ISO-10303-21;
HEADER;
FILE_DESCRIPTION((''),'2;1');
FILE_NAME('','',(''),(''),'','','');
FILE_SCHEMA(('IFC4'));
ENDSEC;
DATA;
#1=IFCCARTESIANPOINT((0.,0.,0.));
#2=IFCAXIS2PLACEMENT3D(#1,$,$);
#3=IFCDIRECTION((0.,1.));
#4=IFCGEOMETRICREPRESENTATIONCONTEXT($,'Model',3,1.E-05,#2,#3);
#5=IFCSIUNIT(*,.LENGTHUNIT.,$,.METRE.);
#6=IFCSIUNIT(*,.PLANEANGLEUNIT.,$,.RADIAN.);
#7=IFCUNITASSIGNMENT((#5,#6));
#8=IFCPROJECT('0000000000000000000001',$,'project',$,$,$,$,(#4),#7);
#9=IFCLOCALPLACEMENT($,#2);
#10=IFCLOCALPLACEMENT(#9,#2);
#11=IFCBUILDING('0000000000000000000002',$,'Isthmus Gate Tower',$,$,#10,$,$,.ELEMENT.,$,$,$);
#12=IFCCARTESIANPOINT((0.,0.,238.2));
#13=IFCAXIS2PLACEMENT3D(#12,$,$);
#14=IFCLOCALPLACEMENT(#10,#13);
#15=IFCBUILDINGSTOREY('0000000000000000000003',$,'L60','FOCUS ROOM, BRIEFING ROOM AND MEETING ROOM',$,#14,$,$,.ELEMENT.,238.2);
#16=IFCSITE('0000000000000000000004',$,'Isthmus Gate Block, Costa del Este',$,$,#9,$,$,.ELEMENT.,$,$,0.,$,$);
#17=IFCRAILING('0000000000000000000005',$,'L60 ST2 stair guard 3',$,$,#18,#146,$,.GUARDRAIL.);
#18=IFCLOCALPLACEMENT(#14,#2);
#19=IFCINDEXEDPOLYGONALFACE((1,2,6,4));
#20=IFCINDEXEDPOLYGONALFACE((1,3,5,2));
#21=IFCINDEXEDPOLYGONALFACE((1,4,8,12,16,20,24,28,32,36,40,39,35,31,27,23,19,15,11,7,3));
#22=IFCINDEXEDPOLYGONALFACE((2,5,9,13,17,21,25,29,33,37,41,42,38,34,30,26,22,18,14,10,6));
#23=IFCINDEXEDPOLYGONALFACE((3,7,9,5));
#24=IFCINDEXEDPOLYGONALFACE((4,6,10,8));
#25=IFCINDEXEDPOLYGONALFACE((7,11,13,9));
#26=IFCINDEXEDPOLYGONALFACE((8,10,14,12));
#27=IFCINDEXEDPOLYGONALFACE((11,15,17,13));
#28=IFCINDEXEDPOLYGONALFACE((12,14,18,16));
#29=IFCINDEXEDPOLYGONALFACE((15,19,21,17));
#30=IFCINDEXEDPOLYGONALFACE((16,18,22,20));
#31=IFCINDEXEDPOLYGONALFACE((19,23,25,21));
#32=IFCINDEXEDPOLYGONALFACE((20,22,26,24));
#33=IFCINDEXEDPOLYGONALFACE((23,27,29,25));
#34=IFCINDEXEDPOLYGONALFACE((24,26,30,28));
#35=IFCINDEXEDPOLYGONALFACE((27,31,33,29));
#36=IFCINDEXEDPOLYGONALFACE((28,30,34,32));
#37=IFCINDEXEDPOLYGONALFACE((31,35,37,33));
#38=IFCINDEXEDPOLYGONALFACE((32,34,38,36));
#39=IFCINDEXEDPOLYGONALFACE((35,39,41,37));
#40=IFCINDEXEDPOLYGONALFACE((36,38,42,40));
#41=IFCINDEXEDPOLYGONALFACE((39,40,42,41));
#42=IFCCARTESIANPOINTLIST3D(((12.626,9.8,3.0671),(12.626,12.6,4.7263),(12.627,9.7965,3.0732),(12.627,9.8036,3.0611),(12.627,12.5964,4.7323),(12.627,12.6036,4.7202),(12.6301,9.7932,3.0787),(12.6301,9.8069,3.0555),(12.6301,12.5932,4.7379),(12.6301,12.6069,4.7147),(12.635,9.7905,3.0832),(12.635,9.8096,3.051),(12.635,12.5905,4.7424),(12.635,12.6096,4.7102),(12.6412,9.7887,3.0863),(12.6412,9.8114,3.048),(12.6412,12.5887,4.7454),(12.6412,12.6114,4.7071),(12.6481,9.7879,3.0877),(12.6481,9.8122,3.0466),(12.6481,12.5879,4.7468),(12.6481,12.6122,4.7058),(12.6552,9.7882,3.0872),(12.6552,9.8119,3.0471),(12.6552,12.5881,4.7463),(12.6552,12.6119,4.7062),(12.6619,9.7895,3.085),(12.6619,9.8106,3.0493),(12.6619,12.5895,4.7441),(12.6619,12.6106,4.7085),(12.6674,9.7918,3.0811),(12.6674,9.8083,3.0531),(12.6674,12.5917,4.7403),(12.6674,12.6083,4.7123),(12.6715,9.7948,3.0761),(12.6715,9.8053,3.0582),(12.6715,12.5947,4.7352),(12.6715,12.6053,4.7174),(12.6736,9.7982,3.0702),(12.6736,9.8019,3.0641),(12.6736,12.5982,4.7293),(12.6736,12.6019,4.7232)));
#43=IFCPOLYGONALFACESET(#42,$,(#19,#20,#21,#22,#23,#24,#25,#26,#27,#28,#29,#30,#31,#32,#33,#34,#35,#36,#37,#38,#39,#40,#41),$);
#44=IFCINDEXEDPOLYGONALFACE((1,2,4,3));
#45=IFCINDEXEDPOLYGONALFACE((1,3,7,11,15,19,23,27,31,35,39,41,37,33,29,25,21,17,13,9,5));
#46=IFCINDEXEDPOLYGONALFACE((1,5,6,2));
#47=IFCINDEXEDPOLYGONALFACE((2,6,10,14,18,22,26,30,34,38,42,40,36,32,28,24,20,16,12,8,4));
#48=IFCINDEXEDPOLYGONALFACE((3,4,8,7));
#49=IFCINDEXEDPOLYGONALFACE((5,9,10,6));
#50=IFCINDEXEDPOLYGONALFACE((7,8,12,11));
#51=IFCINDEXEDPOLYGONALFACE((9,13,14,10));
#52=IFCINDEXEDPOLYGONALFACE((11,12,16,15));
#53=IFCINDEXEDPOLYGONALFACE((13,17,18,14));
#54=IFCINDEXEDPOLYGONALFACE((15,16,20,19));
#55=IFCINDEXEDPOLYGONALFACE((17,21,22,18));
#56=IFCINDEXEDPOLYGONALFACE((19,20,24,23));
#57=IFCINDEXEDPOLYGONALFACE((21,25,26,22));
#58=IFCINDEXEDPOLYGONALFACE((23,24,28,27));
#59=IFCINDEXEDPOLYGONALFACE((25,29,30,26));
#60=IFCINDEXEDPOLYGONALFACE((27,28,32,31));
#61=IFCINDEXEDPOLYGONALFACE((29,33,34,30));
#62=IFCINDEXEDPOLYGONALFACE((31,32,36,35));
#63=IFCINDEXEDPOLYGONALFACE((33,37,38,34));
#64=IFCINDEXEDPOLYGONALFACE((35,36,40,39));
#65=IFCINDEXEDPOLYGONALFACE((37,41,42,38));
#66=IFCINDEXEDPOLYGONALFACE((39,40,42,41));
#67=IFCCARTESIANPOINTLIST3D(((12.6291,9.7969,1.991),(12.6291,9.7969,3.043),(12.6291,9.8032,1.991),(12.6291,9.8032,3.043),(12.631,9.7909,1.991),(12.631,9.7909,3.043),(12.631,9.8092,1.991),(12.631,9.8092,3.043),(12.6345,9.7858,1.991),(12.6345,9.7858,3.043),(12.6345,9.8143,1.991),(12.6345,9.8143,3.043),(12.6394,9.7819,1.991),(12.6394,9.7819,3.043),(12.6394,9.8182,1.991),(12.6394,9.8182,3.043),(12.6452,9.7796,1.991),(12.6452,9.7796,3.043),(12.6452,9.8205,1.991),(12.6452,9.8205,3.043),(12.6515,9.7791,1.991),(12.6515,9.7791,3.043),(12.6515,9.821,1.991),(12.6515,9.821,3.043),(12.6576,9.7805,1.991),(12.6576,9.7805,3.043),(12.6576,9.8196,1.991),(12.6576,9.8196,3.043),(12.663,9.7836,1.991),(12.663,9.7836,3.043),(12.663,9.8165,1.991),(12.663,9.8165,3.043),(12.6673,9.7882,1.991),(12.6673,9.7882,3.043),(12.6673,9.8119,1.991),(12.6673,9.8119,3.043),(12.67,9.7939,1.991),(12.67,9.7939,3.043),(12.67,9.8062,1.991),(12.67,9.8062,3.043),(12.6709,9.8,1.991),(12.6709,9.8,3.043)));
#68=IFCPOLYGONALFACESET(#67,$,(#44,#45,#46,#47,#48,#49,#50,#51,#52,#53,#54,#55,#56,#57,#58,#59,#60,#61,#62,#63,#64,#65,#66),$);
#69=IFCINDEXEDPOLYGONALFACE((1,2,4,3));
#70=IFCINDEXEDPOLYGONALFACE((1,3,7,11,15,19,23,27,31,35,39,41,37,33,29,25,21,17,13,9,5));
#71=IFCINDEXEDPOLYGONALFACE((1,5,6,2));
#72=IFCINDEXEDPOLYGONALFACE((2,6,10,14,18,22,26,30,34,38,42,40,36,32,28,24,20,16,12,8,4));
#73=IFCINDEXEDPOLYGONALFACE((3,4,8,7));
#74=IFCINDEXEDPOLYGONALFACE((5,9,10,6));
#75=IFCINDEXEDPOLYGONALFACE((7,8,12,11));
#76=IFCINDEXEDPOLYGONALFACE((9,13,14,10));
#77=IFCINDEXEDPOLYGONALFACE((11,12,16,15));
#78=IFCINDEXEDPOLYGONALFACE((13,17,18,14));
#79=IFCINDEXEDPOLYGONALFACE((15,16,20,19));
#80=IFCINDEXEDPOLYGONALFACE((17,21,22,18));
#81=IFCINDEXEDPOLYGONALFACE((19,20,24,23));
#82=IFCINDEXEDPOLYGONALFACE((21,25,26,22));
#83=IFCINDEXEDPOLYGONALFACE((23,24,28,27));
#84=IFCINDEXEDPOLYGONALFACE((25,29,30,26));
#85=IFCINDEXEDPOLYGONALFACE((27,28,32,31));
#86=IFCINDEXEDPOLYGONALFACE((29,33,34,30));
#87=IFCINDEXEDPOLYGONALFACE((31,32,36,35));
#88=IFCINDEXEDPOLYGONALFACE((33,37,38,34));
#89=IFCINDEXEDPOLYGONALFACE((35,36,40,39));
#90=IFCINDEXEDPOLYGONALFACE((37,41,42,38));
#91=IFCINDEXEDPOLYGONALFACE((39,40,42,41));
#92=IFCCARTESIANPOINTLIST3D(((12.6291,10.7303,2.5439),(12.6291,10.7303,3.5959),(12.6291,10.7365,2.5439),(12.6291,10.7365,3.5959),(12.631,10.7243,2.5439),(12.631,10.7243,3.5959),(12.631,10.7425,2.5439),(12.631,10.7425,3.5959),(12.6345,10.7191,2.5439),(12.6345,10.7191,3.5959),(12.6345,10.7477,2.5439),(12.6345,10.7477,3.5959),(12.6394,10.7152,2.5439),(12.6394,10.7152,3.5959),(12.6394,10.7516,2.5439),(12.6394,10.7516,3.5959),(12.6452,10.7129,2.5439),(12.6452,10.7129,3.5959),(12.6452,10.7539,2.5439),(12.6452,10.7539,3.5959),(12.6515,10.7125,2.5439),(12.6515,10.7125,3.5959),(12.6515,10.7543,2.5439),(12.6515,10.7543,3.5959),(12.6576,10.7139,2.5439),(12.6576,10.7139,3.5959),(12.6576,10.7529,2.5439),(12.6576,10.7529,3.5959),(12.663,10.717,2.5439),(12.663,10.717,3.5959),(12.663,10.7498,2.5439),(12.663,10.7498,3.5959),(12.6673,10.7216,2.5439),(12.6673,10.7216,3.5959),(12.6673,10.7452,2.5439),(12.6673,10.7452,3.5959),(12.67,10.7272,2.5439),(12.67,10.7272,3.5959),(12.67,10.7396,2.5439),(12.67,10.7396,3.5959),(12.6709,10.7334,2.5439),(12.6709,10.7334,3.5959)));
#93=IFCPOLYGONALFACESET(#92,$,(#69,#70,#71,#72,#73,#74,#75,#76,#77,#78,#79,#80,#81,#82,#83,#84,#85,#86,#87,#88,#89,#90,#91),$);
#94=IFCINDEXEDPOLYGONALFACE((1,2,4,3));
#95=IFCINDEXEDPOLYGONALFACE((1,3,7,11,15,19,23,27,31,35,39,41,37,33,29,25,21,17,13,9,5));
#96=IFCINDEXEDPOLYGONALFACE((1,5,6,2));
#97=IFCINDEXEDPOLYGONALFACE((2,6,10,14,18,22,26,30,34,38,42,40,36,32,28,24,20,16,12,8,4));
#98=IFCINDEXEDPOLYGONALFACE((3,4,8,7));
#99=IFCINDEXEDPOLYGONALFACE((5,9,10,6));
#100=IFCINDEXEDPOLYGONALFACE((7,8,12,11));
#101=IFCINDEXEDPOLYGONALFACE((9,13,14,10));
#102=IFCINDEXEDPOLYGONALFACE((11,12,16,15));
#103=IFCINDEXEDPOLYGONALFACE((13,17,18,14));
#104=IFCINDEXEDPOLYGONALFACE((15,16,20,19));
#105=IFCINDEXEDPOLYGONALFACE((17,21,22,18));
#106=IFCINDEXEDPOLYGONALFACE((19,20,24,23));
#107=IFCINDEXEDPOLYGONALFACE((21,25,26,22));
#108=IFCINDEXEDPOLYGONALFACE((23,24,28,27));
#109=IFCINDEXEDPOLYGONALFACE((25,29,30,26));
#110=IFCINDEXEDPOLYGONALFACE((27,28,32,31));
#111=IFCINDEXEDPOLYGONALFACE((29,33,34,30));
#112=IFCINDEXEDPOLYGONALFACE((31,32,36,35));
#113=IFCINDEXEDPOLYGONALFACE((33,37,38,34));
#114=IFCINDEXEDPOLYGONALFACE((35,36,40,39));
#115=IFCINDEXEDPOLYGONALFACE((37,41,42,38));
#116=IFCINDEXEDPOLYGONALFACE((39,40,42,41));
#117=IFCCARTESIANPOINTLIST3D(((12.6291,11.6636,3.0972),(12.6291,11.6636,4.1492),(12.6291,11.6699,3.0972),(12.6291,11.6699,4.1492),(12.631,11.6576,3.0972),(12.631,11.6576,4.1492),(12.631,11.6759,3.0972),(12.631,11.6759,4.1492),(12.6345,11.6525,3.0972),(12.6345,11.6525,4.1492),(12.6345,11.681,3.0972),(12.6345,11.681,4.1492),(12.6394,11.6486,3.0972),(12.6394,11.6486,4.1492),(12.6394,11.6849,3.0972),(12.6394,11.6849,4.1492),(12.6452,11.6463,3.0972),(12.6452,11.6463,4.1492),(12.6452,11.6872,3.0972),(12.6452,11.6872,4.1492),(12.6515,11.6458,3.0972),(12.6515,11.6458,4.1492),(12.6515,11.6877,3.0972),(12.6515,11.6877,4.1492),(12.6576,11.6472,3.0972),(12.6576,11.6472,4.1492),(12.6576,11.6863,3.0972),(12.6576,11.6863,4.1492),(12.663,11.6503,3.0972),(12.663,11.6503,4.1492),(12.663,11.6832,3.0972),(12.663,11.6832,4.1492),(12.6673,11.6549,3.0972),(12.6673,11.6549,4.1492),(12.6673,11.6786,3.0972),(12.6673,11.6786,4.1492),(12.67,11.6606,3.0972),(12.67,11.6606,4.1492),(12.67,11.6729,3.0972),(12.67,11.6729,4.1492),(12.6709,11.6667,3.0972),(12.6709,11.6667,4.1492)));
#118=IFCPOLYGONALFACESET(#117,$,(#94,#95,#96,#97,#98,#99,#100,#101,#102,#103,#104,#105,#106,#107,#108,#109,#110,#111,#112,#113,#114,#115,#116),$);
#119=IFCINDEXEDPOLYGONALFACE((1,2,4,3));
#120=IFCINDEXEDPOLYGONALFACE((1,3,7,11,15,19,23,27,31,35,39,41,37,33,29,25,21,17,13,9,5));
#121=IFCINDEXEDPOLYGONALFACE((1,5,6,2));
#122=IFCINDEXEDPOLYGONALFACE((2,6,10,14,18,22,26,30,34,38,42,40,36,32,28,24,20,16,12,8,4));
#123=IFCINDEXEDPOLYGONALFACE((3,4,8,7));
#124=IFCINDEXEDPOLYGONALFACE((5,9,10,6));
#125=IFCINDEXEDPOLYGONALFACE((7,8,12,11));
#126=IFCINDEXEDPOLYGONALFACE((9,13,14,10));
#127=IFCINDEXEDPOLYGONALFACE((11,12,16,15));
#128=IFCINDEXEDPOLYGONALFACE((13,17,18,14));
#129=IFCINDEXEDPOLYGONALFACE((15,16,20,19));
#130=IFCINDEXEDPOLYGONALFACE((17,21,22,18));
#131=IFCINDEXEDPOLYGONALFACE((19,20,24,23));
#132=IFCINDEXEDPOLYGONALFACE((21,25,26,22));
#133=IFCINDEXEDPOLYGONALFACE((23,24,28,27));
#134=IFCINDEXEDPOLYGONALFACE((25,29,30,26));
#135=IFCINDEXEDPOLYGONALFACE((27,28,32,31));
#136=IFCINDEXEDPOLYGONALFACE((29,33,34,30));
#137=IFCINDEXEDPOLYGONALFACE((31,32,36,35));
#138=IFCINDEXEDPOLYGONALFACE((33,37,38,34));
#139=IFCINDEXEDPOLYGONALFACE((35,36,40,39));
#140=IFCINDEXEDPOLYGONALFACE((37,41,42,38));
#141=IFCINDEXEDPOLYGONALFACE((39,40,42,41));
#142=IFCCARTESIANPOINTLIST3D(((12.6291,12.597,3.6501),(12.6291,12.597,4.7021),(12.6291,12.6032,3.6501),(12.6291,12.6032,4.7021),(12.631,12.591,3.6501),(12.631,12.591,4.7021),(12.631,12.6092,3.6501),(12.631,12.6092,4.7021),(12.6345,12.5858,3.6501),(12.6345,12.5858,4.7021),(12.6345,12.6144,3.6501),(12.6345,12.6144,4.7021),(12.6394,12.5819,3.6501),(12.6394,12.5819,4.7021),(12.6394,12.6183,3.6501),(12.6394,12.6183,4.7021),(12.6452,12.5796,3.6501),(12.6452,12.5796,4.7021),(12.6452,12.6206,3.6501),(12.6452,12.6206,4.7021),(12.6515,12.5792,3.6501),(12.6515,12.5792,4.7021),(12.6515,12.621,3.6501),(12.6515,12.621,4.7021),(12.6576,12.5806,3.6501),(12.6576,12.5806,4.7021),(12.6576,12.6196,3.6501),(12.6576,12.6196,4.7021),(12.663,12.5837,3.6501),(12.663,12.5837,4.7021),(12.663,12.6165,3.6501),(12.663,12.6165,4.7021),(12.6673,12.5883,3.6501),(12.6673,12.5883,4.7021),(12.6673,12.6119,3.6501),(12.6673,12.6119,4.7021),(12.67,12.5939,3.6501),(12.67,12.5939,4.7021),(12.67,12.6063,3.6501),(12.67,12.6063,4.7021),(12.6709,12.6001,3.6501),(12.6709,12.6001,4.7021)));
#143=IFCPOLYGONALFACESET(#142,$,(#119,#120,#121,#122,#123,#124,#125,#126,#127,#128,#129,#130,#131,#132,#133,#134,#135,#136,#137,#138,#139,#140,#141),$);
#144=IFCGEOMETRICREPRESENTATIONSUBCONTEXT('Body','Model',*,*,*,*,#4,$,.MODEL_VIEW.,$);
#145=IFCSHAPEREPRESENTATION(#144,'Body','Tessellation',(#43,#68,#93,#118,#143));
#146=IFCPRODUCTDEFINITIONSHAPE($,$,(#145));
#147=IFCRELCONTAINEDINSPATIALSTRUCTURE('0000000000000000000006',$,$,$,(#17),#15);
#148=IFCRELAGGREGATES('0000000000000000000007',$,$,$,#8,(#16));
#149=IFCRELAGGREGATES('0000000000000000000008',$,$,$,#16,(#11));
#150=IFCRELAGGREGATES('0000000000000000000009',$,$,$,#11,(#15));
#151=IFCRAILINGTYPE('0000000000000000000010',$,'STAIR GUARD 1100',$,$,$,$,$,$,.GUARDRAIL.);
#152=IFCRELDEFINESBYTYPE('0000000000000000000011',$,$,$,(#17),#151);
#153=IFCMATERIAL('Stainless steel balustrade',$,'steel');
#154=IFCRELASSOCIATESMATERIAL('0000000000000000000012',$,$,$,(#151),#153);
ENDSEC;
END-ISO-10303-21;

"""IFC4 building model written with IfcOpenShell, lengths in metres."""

from ifc_helpers import new_model, si_unit, direction, frame, origin, origin_2d, place, context, subcontext, project, spatial, circle, extrude, material, type_object, element, save


model = new_model("IFC4")

# Units and contexts
model_context = context("Model", 3, precision=1e-05, world=origin(), true_north=direction((0.0, 1.0)))
body_context = subcontext(model_context, "Body", "Model", "MODEL_VIEW")
ifc_project = project(units=[si_unit("LENGTHUNIT", "METRE"), si_unit("PLANEANGLEUNIT", "RADIAN")], contexts=[model_context])

# Site, building, storey
site_placement = place(None, origin())
site = spatial("IfcSite", under=ifc_project, at=site_placement, Name="Isthmus Gate Block, Costa del Este", CompositionType="ELEMENT", RefElevation=0.0)
building_placement = place(site_placement, origin())
building = spatial("IfcBuilding", under=site, at=building_placement, Name="Isthmus Gate Tower", CompositionType="ELEMENT")
storey_placement = place(building_placement, frame((0.0, 0.0, 238.2)))
storey = spatial("IfcBuildingStorey", under=building, at=storey_placement, Name="L60", Description="FOCUS ROOM, BRIEFING ROOM AND MEETING ROOM", CompositionType="ELEMENT", Elevation=238.2)

# Railing
ifc_material_1 = material(Name="Stainless steel balustrade", Category="steel")
railing_type_1 = type_object("IfcRailingType", Name="STAIR GUARD 1100", PredefinedType="GUARDRAIL", material=ifc_material_1)
railing_1_placement = place(storey_placement, frame((12.6499, 9.8, 1.991)))
element("IfcRailing", 1, at=railing_1_placement, inside=storey, type_object=railing_type_1, Name="L60 ST2 stair guard 3", PredefinedType="GUARDRAIL", context=body_context, shape_type="SweptSolid", body=[
    extrude(circle(Radius=0.0239, at=origin_2d()), frame((0.0, 0.0, 1.0762), z_axis=(0.0, 0.860306, 0.509778), x_axis=(-1.0, 0.0, 0.0)), (0.0, 0.0, 1.0), 3.2546),
    extrude(circle(Radius=0.021, at=origin_2d()), origin(), (0.0, 0.0, 1.0), 1.052),
    extrude(circle(Radius=0.021, at=origin_2d()), frame((0.0, 0.9333, 0.553)), (0.0, 0.0, 1.0), 1.052),
    extrude(circle(Radius=0.021, at=origin_2d()), frame((0.0, 1.8667, 1.1062)), (0.0, 0.0, 1.0), 1.052),
    extrude(circle(Radius=0.021, at=origin_2d()), frame((0.0, 2.8, 1.6592)), (0.0, 0.0, 1.0), 1.052),
])

save(model, "model.ifc")
